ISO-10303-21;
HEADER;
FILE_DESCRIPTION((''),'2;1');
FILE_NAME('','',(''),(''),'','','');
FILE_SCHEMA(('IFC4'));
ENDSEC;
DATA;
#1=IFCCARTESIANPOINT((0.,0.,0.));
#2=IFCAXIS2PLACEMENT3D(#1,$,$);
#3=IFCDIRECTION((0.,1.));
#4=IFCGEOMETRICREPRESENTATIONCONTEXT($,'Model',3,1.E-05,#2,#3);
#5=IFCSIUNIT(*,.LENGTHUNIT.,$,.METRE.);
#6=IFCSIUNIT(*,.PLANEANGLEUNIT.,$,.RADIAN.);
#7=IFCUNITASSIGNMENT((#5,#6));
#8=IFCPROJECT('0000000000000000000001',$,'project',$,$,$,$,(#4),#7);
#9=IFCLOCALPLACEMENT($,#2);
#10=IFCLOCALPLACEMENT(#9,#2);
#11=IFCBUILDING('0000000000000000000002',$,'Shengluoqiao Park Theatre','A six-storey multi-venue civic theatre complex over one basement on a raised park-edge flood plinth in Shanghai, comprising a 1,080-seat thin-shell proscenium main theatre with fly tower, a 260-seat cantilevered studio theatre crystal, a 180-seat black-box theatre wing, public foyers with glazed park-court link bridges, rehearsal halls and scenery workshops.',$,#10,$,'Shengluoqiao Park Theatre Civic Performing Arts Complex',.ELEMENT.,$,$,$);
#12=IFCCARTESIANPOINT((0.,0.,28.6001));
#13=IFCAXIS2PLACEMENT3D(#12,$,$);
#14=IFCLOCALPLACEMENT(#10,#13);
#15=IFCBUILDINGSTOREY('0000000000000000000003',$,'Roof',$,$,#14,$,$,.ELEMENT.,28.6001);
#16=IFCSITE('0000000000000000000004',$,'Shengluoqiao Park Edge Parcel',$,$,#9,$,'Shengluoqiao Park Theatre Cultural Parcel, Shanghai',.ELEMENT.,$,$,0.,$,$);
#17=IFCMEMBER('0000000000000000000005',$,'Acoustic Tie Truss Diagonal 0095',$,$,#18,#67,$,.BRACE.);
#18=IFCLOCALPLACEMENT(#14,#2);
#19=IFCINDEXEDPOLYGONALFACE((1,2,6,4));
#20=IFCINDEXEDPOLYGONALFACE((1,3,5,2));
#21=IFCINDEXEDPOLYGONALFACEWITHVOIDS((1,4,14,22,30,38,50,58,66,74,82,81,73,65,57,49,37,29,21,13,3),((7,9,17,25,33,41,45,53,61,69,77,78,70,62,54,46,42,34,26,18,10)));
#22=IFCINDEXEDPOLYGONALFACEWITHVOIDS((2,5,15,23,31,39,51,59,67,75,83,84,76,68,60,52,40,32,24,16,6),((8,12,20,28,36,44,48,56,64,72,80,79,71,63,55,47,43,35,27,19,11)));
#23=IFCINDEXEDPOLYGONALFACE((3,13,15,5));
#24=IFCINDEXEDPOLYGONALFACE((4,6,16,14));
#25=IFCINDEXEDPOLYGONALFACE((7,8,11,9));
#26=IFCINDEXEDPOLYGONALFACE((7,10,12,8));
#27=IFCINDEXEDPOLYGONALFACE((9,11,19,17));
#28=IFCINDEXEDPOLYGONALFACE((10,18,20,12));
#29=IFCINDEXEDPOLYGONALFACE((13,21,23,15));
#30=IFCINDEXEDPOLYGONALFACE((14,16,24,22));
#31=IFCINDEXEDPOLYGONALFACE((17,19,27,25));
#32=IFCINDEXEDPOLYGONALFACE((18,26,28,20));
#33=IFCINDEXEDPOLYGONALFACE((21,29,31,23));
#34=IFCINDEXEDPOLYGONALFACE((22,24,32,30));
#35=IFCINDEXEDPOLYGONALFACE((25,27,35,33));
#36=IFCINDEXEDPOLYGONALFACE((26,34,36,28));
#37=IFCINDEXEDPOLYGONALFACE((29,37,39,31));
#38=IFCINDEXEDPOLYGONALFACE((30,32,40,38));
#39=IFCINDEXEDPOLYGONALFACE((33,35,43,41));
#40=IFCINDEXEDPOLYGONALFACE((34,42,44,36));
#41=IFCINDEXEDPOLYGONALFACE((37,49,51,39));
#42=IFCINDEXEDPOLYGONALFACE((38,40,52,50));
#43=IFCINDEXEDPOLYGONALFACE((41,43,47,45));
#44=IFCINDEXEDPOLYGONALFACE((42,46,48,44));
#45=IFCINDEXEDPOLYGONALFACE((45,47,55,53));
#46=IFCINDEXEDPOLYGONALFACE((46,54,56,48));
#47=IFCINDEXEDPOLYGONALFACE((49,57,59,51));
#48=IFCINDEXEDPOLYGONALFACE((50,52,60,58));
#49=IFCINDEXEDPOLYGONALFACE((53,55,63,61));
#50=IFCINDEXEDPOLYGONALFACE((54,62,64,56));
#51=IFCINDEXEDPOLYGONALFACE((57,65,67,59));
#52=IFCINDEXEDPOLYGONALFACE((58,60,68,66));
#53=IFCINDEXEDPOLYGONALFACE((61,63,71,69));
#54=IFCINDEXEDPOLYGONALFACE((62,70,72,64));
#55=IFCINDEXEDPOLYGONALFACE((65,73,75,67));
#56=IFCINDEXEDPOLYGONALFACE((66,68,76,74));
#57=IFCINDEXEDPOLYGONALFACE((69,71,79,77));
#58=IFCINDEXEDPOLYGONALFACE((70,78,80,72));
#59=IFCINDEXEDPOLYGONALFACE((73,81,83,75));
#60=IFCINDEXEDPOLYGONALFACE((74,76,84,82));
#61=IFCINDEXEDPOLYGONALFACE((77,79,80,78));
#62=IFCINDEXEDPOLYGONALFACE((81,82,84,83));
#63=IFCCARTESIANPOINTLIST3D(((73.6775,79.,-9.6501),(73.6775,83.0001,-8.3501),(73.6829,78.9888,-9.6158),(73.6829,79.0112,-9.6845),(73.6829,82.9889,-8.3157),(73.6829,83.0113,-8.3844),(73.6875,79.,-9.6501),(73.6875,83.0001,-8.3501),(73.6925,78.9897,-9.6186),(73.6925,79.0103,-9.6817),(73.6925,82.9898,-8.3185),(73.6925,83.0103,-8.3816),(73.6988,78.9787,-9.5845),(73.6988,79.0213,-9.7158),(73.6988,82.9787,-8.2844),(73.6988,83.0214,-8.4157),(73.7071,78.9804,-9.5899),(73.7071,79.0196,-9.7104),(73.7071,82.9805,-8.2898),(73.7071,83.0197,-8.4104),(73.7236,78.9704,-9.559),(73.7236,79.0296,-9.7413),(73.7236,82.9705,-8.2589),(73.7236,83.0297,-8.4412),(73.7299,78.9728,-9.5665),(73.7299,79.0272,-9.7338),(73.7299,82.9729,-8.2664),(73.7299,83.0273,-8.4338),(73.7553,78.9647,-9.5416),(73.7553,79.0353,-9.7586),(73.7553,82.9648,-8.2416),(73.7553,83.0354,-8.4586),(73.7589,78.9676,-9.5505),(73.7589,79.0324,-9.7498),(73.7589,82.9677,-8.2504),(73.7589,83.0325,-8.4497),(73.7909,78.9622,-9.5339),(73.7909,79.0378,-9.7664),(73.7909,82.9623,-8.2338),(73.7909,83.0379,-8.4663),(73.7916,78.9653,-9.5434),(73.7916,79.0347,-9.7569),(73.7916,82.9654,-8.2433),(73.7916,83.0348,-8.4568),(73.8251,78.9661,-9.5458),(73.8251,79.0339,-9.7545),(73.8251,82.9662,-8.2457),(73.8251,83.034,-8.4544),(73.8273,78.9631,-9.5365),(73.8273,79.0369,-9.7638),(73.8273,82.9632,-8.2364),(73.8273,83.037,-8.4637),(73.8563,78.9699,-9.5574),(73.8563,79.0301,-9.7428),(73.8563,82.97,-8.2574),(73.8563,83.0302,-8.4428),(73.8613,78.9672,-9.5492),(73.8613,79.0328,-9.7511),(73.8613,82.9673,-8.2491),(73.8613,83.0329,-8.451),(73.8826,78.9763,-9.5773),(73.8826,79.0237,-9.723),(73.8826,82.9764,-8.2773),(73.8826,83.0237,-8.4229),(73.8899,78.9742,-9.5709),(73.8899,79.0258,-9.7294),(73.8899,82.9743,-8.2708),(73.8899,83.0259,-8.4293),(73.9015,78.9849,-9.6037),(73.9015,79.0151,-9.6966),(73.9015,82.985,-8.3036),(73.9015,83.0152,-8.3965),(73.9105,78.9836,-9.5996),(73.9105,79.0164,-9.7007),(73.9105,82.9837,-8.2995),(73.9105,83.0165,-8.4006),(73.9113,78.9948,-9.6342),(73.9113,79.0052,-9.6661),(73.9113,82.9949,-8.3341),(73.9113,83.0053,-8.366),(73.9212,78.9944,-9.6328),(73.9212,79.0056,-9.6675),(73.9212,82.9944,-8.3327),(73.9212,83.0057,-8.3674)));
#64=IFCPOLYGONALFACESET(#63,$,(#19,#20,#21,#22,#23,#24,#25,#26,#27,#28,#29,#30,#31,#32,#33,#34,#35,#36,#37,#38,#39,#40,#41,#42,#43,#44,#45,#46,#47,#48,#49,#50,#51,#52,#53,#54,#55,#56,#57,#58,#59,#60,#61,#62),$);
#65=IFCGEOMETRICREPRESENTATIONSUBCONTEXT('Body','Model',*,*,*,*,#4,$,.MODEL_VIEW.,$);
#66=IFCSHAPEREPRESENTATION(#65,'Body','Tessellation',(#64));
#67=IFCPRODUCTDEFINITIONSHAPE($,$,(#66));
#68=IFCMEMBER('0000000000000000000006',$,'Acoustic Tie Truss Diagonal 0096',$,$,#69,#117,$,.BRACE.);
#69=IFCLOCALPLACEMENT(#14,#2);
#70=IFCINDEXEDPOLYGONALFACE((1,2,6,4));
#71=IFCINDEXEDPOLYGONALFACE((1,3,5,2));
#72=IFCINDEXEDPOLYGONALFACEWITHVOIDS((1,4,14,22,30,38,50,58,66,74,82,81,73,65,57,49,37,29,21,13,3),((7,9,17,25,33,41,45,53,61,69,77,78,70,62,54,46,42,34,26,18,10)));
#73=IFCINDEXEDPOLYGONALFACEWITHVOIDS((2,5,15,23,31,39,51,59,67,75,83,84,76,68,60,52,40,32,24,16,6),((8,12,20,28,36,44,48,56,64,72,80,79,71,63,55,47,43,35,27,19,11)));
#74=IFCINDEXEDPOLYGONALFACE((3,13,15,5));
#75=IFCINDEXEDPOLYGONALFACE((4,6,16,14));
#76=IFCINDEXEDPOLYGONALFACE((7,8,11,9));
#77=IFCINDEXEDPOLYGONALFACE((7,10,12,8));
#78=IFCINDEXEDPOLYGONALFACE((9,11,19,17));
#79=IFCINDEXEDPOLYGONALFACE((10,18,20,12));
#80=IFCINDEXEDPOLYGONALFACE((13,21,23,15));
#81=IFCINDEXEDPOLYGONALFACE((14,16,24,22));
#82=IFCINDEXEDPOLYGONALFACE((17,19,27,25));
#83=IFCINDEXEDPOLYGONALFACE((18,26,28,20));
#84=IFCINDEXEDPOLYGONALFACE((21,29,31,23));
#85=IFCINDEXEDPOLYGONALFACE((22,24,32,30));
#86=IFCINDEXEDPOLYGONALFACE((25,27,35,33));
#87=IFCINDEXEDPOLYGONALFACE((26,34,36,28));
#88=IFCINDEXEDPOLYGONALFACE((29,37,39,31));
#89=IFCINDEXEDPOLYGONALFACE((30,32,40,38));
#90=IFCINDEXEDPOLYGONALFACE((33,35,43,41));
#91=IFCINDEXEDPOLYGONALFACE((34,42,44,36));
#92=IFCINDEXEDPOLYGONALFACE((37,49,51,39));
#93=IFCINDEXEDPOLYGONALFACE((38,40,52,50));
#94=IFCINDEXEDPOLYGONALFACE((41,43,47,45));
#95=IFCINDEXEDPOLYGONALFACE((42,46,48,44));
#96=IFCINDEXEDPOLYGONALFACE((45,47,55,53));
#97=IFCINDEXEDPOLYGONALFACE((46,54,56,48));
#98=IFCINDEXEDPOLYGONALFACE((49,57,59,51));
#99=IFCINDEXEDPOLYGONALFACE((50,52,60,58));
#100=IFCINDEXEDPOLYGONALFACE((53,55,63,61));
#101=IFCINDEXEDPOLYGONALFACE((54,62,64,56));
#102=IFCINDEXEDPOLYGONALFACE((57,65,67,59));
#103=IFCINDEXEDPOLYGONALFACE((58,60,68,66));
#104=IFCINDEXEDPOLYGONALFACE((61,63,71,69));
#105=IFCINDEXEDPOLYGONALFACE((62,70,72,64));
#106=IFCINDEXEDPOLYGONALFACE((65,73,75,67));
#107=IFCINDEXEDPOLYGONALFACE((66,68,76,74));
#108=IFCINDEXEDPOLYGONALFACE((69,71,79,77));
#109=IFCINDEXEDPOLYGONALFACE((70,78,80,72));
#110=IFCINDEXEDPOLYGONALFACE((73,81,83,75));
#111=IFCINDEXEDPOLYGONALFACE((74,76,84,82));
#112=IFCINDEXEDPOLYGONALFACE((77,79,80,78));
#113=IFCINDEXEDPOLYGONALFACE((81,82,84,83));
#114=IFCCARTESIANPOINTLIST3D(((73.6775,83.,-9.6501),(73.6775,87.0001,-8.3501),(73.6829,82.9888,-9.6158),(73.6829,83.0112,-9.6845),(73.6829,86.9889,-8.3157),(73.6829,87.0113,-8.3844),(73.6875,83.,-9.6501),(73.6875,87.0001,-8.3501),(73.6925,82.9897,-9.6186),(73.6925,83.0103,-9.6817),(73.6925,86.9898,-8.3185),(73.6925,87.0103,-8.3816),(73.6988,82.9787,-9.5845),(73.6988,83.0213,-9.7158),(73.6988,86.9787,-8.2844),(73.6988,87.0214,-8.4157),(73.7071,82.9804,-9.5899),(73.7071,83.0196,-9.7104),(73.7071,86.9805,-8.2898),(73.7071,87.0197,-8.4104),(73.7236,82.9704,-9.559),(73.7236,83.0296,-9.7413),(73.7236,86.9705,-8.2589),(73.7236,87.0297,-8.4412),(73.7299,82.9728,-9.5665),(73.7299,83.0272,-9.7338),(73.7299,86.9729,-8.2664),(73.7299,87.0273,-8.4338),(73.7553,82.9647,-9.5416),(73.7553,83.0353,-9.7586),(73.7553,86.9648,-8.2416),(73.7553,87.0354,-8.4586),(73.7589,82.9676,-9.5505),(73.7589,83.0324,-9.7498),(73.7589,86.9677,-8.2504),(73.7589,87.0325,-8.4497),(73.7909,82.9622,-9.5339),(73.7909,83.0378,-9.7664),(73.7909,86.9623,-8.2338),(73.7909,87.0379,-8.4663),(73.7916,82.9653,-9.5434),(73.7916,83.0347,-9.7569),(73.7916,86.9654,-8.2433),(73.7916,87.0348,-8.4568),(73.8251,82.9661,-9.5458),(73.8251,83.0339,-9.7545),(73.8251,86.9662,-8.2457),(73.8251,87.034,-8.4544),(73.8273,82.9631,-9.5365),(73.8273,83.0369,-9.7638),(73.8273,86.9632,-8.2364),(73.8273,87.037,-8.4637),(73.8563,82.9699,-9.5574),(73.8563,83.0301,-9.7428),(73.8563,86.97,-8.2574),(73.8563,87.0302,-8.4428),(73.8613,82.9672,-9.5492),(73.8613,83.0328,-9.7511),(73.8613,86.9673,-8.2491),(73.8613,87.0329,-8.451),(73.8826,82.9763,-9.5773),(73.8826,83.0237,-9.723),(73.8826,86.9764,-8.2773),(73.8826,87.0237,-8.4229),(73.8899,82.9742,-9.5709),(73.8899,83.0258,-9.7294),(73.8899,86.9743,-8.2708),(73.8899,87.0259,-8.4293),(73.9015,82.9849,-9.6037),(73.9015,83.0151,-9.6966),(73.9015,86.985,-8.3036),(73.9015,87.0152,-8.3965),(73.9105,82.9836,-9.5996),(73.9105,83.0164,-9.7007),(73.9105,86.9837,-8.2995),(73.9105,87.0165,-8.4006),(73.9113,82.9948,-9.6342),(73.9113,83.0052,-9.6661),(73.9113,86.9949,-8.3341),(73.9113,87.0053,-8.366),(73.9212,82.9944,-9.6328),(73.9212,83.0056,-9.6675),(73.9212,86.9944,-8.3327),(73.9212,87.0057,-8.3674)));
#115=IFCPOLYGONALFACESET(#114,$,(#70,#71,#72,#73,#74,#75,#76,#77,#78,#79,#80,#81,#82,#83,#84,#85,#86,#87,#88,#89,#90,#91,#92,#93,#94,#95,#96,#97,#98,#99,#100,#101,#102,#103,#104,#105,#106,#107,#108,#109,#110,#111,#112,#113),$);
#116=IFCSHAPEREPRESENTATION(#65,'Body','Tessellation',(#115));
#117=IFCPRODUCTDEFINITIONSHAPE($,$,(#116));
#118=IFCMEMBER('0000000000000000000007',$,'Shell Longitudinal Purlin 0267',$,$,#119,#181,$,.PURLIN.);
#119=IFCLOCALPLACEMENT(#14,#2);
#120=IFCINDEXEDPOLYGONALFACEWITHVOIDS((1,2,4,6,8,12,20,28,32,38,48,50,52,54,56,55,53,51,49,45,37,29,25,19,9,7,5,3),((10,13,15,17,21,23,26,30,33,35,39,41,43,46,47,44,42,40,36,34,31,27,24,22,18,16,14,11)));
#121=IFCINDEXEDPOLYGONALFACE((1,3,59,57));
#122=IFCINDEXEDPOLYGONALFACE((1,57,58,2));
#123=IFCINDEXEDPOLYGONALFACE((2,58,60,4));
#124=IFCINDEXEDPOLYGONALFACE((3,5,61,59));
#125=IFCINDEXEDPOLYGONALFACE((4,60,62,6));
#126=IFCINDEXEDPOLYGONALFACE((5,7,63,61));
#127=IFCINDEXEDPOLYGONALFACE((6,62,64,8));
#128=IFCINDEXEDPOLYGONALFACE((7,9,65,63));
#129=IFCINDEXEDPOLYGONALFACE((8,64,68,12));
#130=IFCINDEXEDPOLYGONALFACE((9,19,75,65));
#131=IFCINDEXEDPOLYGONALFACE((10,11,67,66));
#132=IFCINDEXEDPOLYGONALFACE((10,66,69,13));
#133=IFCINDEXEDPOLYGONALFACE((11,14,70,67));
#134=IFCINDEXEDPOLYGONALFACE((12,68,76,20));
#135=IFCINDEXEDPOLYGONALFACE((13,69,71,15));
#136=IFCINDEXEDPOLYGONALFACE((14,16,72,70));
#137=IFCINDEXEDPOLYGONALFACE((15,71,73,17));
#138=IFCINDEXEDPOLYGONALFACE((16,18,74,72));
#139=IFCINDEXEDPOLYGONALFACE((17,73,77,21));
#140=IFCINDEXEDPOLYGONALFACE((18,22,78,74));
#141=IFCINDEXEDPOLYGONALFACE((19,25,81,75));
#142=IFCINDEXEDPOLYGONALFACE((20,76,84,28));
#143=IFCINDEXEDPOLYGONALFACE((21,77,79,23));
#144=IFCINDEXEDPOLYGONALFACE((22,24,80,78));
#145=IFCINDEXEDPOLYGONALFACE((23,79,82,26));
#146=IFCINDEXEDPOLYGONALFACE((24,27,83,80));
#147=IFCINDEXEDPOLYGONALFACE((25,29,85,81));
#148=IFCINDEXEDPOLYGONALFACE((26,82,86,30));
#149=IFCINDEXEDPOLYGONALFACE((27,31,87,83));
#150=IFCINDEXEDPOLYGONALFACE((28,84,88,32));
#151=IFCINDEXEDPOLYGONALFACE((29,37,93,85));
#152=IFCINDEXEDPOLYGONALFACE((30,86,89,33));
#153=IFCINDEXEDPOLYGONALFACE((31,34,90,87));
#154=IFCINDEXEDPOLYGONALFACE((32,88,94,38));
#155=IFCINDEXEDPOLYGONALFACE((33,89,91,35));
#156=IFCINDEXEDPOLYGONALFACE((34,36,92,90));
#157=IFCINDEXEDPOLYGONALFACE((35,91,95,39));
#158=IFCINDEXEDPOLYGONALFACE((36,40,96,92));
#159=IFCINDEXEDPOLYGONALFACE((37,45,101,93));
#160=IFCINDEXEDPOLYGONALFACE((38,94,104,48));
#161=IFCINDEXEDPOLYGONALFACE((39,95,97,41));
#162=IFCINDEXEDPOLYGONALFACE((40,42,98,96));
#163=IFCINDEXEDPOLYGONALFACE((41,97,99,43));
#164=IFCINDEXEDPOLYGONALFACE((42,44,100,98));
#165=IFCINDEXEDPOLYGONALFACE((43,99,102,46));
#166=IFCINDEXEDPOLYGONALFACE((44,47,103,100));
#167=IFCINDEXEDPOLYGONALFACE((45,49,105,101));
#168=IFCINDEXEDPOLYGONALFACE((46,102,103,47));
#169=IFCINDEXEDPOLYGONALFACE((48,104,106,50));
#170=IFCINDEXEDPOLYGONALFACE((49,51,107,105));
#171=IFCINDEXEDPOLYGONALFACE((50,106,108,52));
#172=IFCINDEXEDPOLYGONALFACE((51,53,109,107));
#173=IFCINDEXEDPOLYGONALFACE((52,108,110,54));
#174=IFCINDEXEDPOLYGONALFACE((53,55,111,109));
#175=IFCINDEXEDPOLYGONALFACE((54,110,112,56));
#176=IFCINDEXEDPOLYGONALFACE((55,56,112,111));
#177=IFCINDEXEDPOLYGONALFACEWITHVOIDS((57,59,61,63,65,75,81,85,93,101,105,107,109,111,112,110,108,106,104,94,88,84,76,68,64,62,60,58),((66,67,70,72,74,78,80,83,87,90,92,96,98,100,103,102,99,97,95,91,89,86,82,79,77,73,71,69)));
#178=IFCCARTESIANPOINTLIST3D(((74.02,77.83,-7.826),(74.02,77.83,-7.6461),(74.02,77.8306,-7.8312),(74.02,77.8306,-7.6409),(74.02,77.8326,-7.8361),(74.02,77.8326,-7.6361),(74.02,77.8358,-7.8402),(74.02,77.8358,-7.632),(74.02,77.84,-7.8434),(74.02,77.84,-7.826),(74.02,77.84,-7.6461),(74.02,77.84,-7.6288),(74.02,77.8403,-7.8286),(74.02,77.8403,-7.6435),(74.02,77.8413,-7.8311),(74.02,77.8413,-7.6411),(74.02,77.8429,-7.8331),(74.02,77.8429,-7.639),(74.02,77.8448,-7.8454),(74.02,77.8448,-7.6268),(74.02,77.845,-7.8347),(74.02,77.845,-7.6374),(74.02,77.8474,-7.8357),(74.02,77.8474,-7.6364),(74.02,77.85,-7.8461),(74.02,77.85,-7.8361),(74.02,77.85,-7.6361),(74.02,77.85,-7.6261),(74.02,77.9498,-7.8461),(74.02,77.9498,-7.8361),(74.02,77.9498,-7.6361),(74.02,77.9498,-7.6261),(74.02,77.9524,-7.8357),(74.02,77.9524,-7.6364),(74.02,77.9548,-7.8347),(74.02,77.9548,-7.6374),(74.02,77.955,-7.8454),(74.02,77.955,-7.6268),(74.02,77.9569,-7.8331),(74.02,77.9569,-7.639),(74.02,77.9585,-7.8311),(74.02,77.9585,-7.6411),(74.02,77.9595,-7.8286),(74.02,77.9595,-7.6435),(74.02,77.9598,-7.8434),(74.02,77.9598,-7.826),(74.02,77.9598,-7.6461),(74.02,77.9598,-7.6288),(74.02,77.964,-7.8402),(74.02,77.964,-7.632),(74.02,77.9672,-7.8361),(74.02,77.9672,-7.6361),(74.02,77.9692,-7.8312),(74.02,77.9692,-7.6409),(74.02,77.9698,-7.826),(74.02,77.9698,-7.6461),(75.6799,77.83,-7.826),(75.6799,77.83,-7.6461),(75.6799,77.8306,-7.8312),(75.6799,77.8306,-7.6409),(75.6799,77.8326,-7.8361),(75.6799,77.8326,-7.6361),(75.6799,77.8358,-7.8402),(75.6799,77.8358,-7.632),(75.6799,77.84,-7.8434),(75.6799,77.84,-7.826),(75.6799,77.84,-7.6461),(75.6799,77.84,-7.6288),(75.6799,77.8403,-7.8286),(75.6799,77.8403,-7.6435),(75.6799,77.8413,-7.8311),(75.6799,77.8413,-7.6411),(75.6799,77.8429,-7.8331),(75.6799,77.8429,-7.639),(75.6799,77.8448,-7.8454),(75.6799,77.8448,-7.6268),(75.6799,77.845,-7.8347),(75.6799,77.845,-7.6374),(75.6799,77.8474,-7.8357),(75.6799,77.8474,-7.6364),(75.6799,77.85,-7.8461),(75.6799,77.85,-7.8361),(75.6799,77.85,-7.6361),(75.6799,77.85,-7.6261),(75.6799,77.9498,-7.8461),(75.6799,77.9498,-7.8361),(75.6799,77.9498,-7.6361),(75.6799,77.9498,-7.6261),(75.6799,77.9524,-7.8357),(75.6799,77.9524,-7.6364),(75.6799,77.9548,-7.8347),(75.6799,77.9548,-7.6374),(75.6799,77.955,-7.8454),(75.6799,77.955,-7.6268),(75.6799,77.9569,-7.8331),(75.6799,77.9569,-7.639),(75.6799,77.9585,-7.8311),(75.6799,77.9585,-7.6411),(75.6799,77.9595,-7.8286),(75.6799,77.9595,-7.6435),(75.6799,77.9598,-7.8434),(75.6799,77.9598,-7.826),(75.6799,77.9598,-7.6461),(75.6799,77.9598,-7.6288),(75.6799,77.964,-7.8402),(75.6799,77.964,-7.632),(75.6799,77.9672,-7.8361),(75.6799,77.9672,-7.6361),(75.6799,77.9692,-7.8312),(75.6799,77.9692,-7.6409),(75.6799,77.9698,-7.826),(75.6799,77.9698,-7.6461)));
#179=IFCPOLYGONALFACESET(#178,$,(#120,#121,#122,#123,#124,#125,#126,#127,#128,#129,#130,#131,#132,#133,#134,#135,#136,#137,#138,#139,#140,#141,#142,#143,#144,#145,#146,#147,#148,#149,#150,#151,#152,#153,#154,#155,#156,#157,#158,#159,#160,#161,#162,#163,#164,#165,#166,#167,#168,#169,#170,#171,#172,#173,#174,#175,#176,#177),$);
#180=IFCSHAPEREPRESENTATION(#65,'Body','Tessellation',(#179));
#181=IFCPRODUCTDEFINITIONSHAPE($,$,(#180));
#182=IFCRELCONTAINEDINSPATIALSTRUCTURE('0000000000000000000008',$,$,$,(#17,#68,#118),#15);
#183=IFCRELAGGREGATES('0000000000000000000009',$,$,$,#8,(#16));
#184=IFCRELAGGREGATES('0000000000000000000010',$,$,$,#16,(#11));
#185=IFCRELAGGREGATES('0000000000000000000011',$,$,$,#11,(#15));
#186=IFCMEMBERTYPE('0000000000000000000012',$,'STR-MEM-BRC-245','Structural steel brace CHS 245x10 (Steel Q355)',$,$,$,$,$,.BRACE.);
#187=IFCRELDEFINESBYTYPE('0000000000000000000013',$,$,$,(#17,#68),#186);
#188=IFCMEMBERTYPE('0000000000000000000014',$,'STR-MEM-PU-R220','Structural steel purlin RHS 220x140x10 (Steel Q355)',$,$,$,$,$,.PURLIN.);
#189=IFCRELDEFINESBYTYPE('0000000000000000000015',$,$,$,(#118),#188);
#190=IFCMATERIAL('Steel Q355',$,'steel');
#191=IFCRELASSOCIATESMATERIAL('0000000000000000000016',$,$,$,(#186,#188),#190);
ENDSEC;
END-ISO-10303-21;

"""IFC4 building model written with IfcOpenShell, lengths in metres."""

from ifc_helpers import new_model, si_unit, direction, frame, origin, origin_2d, place, context, subcontext, project, spatial, hollow_rectangle, hollow_circle, extrude, material, material_profile, profile_set, type_object, element, save


model = new_model("IFC4")

# Units and contexts
model_context = context("Model", 3, precision=1e-05, world=origin(), true_north=direction((0.0, 1.0)))
body_context = subcontext(model_context, "Body", "Model", "MODEL_VIEW")
ifc_project = project(units=[si_unit("LENGTHUNIT", "METRE"), si_unit("PLANEANGLEUNIT", "RADIAN")], contexts=[model_context])

# Site, building, storey
site_placement = place(None, origin())
site = spatial("IfcSite", under=ifc_project, at=site_placement, Name="Shengluoqiao Park Edge Parcel", LongName="Shengluoqiao Park Theatre Cultural Parcel, Shanghai", CompositionType="ELEMENT", RefElevation=0.0)
building_placement = place(site_placement, origin())
building = spatial("IfcBuilding", under=site, at=building_placement, Name="Shengluoqiao Park Theatre", Description="A six-storey multi-venue civic theatre complex over one basement on a raised park-edge flood plinth in Shanghai, comprising a 1,080-seat thin-shell proscenium main theatre with fly tower, a 260-seat cantilevered studio theatre crystal, a 180-seat black-box theatre wing, public foyers with glazed park-court link bridges, rehearsal halls and scenery workshops.", LongName="Shengluoqiao Park Theatre Civic Performing Arts Complex", CompositionType="ELEMENT")
storey_placement = place(building_placement, frame((0.0, 0.0, 28.6001)))
storey = spatial("IfcBuildingStorey", under=building, at=storey_placement, Name="Roof", CompositionType="ELEMENT", Elevation=28.6001)

# Shared definitions
ifc_material_1 = material(Name="Steel Q355", Category="steel")

# Members
ifc_material_profile_1 = material_profile(ifc_material_1, hollow_circle(Radius=0.1226, WallThickness=0.01, at=origin_2d()), Name="CHS 245x10")
ifc_profile_set_1 = profile_set([ifc_material_profile_1], Name="Steel Q355")
member_type_1 = type_object("IfcMemberType", Name="STR-MEM-BRC-245", Description="Structural steel brace CHS 245x10 (Steel Q355)", PredefinedType="BRACE", material=ifc_profile_set_1)
for number, where, z_axis, x_axis, name in (
    (1, (73.8, 79.0, -9.6501), (0.0, 0.951031, 0.309097), (-1.0, 0.0, 0.0), "Acoustic Tie Truss Diagonal 0095"),
    (2, (73.8, 83.0, -9.6501), (0.0, 0.951031, 0.309097), (-1.0, 0.0, 0.0), "Acoustic Tie Truss Diagonal 0096"),
):
    element("IfcMember", number, at=place(storey_placement, frame(where, z_axis=z_axis, x_axis=x_axis)), inside=storey, type_object=member_type_1, Name=name, PredefinedType="BRACE", context=body_context, shape_type="SweptSolid", body=[
        extrude(hollow_circle(Radius=0.1226, WallThickness=0.01, at=origin_2d()), origin(), (0.0, 0.0, 1.0), 4.2061),
    ])
ifc_material_profile_2 = material_profile(ifc_material_1, hollow_rectangle(XDim=0.1399, YDim=0.22, WallThickness=0.01, InnerFilletRadius=0.01, OuterFilletRadius=0.02, at=origin_2d()), Name="RHS 220x140x10")
ifc_profile_set_2 = profile_set([ifc_material_profile_2], Name="Steel Q355")
member_type_2 = type_object("IfcMemberType", Name="STR-MEM-PU-R220", Description="Structural steel purlin RHS 220x140x10 (Steel Q355)", PredefinedType="PURLIN", material=ifc_profile_set_2)
for number, where, z_axis, x_axis, name in (
    (3, (74.02, 77.8999, -7.7361), (1.0, 0.0, 0.0), (0.0, 1.0, 0.0), "Shell Longitudinal Purlin 0267"),
):
    element("IfcMember", number, at=place(storey_placement, frame(where, z_axis=z_axis, x_axis=x_axis)), inside=storey, type_object=member_type_2, Name=name, PredefinedType="PURLIN", context=body_context, shape_type="SweptSolid", body=[
        extrude(hollow_rectangle(XDim=0.1399, YDim=0.22, WallThickness=0.01, InnerFilletRadius=0.01, OuterFilletRadius=0.02, at=origin_2d()), origin(), (0.0, 0.0, 1.0), 1.6599),
    ])

save(model, "model.ifc")
